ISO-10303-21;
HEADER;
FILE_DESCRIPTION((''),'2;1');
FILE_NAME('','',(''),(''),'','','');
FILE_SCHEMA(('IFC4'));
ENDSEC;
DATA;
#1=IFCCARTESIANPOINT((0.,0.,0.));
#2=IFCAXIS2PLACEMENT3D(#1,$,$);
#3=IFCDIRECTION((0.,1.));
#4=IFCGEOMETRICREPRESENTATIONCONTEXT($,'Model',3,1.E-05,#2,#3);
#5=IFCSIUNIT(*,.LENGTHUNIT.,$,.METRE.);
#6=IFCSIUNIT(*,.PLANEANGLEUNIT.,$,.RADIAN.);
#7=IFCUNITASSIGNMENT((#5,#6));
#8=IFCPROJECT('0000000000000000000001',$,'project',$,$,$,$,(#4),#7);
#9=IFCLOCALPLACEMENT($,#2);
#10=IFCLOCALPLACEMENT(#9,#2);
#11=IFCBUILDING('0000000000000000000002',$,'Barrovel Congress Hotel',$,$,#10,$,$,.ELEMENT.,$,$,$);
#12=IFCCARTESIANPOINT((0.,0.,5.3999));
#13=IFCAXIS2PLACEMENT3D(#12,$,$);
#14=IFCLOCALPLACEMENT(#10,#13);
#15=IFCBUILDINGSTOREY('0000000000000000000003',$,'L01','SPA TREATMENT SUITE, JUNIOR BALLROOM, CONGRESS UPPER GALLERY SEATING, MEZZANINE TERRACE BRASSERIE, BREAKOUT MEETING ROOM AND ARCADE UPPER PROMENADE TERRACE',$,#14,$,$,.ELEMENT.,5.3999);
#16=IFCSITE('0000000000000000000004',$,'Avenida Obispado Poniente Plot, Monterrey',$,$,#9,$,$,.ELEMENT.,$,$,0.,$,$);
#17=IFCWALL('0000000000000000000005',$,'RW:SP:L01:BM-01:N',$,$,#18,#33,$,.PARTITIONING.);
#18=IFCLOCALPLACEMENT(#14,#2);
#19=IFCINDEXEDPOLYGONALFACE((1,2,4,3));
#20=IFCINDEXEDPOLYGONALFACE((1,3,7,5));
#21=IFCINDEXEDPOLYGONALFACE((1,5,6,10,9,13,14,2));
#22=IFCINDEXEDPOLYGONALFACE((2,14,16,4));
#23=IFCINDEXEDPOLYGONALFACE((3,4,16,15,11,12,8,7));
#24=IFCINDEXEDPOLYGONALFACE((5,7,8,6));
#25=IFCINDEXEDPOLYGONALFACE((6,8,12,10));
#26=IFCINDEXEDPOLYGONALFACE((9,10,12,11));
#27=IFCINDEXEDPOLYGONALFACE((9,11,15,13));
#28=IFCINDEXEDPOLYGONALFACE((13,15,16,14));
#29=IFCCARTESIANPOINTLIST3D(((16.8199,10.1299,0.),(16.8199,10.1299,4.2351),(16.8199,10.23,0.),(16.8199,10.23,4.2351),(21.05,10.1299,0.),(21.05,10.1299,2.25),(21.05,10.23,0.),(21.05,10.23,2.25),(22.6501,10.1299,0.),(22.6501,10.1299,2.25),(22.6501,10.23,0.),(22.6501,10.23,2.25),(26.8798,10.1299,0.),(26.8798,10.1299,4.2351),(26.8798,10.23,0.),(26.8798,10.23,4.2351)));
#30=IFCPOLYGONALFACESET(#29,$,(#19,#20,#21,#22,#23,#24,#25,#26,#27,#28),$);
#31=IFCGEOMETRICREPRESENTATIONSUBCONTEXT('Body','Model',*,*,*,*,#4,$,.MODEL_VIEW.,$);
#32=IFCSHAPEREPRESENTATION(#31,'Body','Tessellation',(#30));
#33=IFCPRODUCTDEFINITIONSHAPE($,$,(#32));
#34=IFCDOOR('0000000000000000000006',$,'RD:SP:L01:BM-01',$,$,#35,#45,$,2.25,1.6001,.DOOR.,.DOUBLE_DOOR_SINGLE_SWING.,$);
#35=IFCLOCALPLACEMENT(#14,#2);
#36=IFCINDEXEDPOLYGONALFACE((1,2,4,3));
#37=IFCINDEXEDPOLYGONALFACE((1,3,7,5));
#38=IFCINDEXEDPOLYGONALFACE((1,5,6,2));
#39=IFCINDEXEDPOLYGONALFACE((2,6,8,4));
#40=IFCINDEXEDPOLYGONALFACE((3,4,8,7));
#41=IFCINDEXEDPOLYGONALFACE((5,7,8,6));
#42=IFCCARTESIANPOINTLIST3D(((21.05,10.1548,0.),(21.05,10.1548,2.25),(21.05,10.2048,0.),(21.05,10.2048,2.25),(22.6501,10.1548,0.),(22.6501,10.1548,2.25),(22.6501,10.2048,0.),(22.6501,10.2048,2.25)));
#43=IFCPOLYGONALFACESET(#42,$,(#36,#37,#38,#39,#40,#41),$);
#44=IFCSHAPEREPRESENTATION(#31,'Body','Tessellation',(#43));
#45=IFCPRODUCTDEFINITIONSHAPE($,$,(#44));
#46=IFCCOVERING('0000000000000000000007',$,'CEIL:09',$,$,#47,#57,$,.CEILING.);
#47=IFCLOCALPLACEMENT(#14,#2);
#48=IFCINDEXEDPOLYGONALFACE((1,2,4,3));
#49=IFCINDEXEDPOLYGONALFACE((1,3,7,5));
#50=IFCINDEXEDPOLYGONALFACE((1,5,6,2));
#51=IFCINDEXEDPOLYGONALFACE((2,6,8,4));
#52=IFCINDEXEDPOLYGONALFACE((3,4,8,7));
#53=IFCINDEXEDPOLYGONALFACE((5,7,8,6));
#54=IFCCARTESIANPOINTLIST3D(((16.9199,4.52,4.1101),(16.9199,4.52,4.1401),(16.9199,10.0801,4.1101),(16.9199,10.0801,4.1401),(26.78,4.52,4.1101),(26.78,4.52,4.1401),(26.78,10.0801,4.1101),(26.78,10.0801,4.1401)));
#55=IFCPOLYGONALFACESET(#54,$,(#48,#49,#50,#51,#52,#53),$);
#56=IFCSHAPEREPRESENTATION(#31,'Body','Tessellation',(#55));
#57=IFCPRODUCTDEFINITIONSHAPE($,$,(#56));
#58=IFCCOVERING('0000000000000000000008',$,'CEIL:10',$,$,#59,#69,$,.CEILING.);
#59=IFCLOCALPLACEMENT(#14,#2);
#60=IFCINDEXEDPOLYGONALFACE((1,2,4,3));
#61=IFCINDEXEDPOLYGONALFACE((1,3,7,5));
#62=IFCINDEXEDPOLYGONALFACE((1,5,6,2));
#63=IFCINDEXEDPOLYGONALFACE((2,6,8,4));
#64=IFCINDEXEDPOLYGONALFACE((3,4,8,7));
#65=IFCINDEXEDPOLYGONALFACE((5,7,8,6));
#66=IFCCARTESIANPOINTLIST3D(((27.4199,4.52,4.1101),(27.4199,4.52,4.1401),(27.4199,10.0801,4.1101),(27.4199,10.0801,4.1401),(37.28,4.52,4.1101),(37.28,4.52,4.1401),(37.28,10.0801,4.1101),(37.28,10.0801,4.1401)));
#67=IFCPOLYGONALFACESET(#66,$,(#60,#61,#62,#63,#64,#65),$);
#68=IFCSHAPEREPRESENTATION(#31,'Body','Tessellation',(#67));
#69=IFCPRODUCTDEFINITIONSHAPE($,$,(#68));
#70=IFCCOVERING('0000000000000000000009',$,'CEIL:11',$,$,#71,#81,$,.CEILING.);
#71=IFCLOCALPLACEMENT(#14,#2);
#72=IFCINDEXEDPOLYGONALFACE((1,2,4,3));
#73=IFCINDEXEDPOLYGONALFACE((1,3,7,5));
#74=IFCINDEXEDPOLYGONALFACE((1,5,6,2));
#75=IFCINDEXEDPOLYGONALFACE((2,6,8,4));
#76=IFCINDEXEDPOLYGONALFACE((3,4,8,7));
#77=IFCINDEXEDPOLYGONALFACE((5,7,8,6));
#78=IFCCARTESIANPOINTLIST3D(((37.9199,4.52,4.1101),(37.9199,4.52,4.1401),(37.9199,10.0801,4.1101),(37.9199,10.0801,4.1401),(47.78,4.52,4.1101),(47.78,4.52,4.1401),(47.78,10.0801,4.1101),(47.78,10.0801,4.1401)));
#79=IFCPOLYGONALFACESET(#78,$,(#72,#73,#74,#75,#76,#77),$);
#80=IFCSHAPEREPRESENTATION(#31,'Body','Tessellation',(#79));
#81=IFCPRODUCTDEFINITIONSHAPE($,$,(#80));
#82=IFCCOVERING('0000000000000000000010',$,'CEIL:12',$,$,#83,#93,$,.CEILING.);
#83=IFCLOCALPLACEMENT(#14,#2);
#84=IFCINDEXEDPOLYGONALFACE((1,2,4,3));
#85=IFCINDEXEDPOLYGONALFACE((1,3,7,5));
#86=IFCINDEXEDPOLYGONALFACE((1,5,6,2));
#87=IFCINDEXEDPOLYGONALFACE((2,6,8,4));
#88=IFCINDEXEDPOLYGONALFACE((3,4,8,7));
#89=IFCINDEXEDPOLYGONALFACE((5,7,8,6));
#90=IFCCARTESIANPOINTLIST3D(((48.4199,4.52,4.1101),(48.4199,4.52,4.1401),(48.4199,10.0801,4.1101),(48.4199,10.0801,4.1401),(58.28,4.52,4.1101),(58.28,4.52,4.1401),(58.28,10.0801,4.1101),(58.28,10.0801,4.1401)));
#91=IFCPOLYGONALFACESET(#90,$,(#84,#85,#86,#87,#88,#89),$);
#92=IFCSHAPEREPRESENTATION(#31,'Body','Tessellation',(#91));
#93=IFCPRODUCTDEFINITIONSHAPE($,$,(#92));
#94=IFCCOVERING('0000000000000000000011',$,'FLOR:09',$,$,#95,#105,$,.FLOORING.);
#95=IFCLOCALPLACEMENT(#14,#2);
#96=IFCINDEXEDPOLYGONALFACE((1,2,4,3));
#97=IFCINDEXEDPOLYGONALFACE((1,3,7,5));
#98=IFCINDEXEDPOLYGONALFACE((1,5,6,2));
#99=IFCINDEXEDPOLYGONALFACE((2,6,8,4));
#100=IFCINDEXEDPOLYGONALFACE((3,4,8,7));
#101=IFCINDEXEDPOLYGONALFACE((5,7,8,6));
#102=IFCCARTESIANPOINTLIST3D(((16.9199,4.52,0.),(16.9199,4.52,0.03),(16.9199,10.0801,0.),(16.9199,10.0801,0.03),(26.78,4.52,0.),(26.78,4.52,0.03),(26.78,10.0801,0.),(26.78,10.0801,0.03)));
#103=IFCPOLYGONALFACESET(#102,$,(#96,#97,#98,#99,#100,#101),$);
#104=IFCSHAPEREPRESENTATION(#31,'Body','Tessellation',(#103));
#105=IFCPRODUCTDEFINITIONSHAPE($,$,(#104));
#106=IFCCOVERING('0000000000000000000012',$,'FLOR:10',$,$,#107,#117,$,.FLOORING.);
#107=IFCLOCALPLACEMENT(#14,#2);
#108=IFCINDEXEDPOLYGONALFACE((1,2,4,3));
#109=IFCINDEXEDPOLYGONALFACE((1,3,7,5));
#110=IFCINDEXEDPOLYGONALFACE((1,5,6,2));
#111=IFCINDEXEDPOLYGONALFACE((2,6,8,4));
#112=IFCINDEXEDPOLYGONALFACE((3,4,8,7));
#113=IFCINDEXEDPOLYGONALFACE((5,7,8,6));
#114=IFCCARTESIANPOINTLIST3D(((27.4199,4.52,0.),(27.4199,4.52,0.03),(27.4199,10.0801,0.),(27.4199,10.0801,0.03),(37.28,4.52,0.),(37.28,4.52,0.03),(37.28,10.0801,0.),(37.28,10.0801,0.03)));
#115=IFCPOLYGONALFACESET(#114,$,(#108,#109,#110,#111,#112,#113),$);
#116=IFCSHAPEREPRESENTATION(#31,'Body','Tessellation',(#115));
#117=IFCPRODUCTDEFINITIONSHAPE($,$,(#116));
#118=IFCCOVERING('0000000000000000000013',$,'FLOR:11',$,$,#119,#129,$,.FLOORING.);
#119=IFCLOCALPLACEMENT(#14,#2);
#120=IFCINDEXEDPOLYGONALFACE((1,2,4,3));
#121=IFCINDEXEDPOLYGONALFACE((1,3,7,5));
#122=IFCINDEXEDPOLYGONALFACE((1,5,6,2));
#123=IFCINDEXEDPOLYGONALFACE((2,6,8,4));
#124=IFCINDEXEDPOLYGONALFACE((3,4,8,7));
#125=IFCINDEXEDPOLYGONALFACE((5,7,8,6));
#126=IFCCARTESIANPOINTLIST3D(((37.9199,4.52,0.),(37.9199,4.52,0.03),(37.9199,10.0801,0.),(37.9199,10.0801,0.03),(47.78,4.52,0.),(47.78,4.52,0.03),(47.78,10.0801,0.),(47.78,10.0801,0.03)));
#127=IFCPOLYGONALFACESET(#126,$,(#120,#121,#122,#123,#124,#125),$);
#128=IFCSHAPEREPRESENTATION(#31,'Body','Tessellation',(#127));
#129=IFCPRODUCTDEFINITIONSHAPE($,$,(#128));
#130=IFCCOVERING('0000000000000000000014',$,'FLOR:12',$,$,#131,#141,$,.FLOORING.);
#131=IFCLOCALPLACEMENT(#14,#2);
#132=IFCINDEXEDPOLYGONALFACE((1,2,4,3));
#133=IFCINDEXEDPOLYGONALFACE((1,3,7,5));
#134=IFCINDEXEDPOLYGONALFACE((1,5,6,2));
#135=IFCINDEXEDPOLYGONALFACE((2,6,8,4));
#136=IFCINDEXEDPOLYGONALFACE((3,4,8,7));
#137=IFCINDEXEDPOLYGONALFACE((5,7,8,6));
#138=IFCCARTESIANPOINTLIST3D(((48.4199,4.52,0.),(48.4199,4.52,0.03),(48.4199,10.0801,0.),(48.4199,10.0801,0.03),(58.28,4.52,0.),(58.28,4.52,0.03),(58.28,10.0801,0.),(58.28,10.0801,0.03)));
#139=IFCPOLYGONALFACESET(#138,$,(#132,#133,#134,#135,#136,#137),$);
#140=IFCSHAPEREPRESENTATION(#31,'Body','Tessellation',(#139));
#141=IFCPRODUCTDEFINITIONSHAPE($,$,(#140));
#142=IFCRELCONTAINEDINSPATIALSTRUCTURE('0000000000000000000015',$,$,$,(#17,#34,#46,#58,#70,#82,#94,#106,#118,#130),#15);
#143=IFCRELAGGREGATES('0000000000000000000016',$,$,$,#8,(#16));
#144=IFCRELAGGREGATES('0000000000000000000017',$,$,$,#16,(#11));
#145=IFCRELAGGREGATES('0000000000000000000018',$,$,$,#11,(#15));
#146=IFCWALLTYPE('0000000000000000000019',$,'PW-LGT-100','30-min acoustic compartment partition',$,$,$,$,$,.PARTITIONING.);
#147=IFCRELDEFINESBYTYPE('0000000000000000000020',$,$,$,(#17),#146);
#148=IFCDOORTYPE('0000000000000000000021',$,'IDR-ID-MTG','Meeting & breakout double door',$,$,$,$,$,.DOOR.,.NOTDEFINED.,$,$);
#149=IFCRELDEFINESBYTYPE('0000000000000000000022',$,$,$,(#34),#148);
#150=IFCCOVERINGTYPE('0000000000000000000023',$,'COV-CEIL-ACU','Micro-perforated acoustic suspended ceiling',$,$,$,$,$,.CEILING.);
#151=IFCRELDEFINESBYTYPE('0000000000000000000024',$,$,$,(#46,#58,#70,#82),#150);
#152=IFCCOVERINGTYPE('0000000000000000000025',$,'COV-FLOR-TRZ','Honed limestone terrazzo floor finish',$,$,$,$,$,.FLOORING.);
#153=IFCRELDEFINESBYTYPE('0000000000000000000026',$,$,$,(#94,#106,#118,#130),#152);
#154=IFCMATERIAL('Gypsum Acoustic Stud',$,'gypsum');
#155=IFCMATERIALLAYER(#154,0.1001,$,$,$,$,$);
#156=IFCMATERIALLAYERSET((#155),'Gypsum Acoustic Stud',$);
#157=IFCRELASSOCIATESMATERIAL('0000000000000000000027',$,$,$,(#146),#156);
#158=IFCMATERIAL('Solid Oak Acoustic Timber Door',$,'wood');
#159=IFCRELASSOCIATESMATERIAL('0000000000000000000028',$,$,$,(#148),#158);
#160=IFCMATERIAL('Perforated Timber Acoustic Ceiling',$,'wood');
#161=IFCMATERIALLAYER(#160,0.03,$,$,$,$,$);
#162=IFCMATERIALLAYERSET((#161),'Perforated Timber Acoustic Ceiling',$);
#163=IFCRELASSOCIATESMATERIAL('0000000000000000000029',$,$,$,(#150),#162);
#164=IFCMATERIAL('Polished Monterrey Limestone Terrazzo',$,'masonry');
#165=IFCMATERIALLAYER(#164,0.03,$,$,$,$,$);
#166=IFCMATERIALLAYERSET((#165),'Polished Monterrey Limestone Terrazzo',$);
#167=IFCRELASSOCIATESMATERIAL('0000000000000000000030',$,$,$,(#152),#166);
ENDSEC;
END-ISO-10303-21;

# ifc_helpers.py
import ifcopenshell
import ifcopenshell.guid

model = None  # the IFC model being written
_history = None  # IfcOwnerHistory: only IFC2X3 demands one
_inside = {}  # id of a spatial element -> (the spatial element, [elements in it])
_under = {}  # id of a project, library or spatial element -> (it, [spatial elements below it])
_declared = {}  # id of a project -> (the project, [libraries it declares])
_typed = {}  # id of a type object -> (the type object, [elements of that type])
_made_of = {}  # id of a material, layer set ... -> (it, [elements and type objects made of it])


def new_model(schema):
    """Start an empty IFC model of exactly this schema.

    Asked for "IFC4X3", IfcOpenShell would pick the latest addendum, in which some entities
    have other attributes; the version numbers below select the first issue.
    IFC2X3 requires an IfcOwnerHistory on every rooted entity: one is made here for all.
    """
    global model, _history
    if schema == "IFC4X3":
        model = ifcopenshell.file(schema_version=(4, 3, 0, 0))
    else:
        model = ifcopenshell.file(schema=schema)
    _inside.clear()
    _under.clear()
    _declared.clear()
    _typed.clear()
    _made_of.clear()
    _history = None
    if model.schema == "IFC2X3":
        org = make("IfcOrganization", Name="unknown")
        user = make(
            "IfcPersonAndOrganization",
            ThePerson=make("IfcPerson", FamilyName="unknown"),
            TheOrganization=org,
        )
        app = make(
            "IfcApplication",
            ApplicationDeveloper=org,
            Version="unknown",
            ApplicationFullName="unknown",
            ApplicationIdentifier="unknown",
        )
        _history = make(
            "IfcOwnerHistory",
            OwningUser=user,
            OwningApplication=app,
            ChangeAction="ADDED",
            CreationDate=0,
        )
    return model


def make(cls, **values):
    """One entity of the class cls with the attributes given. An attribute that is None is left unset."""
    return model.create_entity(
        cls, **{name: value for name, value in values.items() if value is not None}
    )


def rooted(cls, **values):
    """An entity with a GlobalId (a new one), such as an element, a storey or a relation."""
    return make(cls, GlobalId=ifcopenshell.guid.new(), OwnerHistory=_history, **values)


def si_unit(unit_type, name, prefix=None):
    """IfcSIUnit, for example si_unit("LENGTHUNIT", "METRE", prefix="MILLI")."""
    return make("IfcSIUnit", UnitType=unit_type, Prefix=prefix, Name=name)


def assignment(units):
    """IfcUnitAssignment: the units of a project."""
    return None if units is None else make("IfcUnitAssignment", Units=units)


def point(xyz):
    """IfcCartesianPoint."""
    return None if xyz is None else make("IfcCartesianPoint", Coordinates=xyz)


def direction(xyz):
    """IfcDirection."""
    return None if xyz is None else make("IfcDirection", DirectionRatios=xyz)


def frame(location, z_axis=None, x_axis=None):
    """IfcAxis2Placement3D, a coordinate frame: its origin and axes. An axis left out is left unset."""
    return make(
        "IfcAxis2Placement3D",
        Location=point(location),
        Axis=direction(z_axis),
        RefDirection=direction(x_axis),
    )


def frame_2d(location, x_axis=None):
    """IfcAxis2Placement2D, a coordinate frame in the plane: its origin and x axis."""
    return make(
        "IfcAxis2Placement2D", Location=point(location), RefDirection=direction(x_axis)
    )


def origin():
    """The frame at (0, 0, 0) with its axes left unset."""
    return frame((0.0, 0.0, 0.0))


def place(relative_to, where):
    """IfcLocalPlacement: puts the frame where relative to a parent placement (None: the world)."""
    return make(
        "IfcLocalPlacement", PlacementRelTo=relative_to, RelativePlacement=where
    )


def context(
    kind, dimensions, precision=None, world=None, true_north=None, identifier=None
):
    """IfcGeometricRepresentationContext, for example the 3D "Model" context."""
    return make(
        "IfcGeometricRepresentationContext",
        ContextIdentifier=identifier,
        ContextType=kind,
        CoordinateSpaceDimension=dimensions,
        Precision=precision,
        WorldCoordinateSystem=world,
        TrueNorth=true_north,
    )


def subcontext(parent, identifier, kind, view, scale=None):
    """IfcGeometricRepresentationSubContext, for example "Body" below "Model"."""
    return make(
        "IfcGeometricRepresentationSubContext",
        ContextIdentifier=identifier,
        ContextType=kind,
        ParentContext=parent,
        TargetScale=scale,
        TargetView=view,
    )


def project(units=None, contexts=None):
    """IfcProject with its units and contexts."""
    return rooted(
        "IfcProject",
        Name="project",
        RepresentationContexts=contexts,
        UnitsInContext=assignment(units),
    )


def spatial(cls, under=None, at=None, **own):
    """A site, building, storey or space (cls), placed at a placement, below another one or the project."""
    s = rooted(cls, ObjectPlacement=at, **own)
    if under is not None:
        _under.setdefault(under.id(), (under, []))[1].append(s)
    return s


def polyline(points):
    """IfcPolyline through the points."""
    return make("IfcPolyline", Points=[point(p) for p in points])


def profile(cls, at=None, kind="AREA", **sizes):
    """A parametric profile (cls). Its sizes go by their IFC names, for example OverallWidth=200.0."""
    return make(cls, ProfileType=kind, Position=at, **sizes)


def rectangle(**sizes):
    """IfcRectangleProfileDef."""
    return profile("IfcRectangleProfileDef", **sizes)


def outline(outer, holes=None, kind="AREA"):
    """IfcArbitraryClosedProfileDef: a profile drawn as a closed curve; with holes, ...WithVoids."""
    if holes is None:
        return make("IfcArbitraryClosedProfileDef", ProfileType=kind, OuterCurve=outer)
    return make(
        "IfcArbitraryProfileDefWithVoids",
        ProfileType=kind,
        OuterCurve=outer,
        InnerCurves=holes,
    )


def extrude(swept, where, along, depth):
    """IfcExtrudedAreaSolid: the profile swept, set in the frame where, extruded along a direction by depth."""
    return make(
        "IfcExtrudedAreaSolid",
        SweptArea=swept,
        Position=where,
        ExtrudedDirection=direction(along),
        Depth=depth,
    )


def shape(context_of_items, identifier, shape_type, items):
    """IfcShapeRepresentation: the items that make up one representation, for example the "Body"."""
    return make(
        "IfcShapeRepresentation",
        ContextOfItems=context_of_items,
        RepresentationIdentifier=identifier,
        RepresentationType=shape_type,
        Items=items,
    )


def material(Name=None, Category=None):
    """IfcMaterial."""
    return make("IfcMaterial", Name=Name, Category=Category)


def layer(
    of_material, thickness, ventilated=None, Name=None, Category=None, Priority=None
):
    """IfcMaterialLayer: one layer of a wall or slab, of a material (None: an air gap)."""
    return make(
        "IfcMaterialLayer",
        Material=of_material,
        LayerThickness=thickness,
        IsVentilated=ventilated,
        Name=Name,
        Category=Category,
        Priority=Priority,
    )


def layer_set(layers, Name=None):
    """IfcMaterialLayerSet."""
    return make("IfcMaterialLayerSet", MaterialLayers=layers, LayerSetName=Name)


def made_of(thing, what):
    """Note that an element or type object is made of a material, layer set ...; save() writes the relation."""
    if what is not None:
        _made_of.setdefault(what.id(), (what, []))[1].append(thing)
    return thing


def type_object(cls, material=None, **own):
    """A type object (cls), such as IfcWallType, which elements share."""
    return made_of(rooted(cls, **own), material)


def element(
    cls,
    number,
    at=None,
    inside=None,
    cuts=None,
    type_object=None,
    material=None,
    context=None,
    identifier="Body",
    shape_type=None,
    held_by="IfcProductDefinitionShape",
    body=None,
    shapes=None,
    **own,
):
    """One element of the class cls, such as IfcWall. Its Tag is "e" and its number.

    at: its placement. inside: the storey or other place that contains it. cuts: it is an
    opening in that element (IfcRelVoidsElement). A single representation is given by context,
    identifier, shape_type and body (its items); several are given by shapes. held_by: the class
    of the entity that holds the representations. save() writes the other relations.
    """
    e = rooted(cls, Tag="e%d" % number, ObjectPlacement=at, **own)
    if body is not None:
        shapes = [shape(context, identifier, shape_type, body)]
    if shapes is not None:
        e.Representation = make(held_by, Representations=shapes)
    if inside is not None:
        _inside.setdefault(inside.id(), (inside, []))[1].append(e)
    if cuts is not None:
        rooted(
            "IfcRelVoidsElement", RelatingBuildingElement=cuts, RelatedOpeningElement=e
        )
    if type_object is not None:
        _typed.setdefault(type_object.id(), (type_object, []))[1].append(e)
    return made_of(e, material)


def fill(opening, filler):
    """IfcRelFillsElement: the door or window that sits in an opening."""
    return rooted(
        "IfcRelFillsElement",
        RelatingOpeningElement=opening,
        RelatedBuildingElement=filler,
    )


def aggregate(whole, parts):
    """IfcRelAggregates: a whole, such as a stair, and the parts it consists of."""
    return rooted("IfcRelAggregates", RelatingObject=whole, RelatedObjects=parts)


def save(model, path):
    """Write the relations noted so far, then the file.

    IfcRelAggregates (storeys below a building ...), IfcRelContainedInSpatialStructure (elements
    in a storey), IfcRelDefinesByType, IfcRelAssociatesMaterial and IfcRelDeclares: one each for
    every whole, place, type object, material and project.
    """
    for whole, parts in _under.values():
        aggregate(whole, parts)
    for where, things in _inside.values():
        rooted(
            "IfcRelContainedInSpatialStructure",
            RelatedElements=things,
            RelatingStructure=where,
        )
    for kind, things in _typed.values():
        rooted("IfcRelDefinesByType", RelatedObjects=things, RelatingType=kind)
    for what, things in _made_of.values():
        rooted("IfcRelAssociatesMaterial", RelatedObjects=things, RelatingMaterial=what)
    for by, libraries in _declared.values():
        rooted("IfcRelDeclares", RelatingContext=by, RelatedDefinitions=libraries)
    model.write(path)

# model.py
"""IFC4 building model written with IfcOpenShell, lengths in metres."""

from ifc_helpers import new_model, si_unit, direction, frame, frame_2d, origin, place, context, subcontext, project, spatial, polyline, rectangle, outline, extrude, material, layer, layer_set, type_object, element, fill, save


model = new_model("IFC4")

# Units and contexts
model_context = context("Model", 3, precision=1e-05, world=origin(), true_north=direction((0.0, 1.0)))
body_context = subcontext(model_context, "Body", "Model", "MODEL_VIEW")
ifc_project = project(units=[si_unit("LENGTHUNIT", "METRE"), si_unit("PLANEANGLEUNIT", "RADIAN")], contexts=[model_context])

# Site, building, storey
site_placement = place(None, origin())
site = spatial("IfcSite", under=ifc_project, at=site_placement, Name="Avenida Obispado Poniente Plot, Monterrey", CompositionType="ELEMENT", RefElevation=0.0)
building_placement = place(site_placement, origin())
building = spatial("IfcBuilding", under=site, at=building_placement, Name="Barrovel Congress Hotel", CompositionType="ELEMENT")
storey_placement = place(building_placement, frame((0.0, 0.0, 5.3999)))
storey = spatial("IfcBuildingStorey", under=building, at=storey_placement, Name="L01", Description="SPA TREATMENT SUITE, JUNIOR BALLROOM, CONGRESS UPPER GALLERY SEATING, MEZZANINE TERRACE BRASSERIE, BREAKOUT MEETING ROOM AND ARCADE UPPER PROMENADE TERRACE", CompositionType="ELEMENT", Elevation=5.3999)

# Wall, opening, door
ifc_material_1 = material(Name="Gypsum Acoustic Stud", Category="gypsum")
ifc_layer_1 = layer(ifc_material_1, 0.1001)
ifc_layer_set_1 = layer_set([ifc_layer_1], Name="Gypsum Acoustic Stud")
wall_type_1 = type_object("IfcWallType", Name="PW-LGT-100", Description="30-min acoustic compartment partition", PredefinedType="PARTITIONING", material=ifc_layer_set_1)
wall_1_placement = place(storey_placement, frame((16.8201, 10.1799, 0.0), z_axis=(0.0, 0.0, 1.0), x_axis=(1.0, 0.0, 0.0)))
wall_1 = element("IfcWall", 1, at=wall_1_placement, inside=storey, type_object=wall_type_1, Name="RW:SP:L01:BM-01:N", PredefinedType="PARTITIONING", context=body_context, shape_type="SweptSolid", body=[
    extrude(rectangle(XDim=10.0598, YDim=0.1001, at=frame_2d((5.0298, 0.0))), origin(), (0.0, 0.0, 1.0), 4.2351),
])
opening_1_placement = place(wall_1_placement, frame((4.23, 0.0, 0.0)))
opening_1 = element("IfcOpeningElement", 2, at=opening_1_placement, cuts=wall_1, PredefinedType="OPENING", context=body_context, shape_type="SweptSolid", body=[
    extrude(rectangle(XDim=1.6001, YDim=2.25, at=frame_2d((0.8, 1.125))), frame((0.0, 0.0601, 0.0), z_axis=(0.0, -1.0, 0.0), x_axis=(1.0, 0.0, 0.0)), (0.0, 0.0, 1.0), 0.1201),
])
ifc_material_2 = material(Name="Solid Oak Acoustic Timber Door", Category="wood")
door_type_1 = type_object("IfcDoorType", Name="IDR-ID-MTG", Description="Meeting & breakout double door", OperationType="NOTDEFINED", PredefinedType="DOOR", material=ifc_material_2)
door_1_placement = place(opening_1_placement, origin())
door_1 = element("IfcDoor", 3, at=door_1_placement, inside=storey, type_object=door_type_1, Name="RD:SP:L01:BM-01", OperationType="DOUBLE_DOOR_SINGLE_SWING", OverallHeight=2.25, OverallWidth=1.6001, PredefinedType="DOOR", context=body_context, shape_type="SweptSolid", body=[
    extrude(rectangle(XDim=1.6001, YDim=2.25, at=frame_2d((0.8, 1.125))), frame((0.0, 0.0249, 0.0), z_axis=(0.0, -1.0, 0.0), x_axis=(1.0, 0.0, 0.0)), (0.0, 0.0, 1.0), 0.05),
])
fill(opening_1, door_1)

# Coverings
ifc_material_3 = material(Name="Perforated Timber Acoustic Ceiling", Category="wood")
ifc_layer_2 = layer(ifc_material_3, 0.03)
ifc_layer_set_2 = layer_set([ifc_layer_2], Name="Perforated Timber Acoustic Ceiling")
covering_type_1 = type_object("IfcCoveringType", Name="COV-CEIL-ACU", Description="Micro-perforated acoustic suspended ceiling", PredefinedType="CEILING", material=ifc_layer_set_2)
covering_1_placement = place(storey_placement, frame((0.0, 0.0, 4.1101)))
element("IfcCovering", 4, at=covering_1_placement, inside=storey, type_object=covering_type_1, Name="CEIL:09", PredefinedType="CEILING", context=body_context, shape_type="SweptSolid", body=[
    extrude(outline(polyline([(16.9199, 4.52), (26.78, 4.52), (26.78, 10.0801), (16.9199, 10.0801), (16.9199, 4.52)])), origin(), (0.0, 0.0, 1.0), 0.03),
])
covering_2_placement = place(storey_placement, frame((0.0, 0.0, 4.1101)))
element("IfcCovering", 5, at=covering_2_placement, inside=storey, type_object=covering_type_1, Name="CEIL:10", PredefinedType="CEILING", context=body_context, shape_type="SweptSolid", body=[
    extrude(outline(polyline([(27.4199, 4.52), (37.28, 4.52), (37.28, 10.0801), (27.4199, 10.0801), (27.4199, 4.52)])), origin(), (0.0, 0.0, 1.0), 0.03),
])
covering_3_placement = place(storey_placement, frame((0.0, 0.0, 4.1101)))
element("IfcCovering", 6, at=covering_3_placement, inside=storey, type_object=covering_type_1, Name="CEIL:11", PredefinedType="CEILING", context=body_context, shape_type="SweptSolid", body=[
    extrude(outline(polyline([(37.9199, 4.52), (47.78, 4.52), (47.78, 10.0801), (37.9199, 10.0801), (37.9199, 4.52)])), origin(), (0.0, 0.0, 1.0), 0.03),
])
covering_4_placement = place(storey_placement, frame((0.0, 0.0, 4.1101)))
element("IfcCovering", 7, at=covering_4_placement, inside=storey, type_object=covering_type_1, Name="CEIL:12", PredefinedType="CEILING", context=body_context, shape_type="SweptSolid", body=[
    extrude(outline(polyline([(48.4199, 4.52), (58.28, 4.52), (58.28, 10.0801), (48.4199, 10.0801), (48.4199, 4.52)])), origin(), (0.0, 0.0, 1.0), 0.03),
])
ifc_material_4 = material(Name="Polished Monterrey Limestone Terrazzo", Category="masonry")
ifc_layer_3 = layer(ifc_material_4, 0.03)
ifc_layer_set_3 = layer_set([ifc_layer_3], Name="Polished Monterrey Limestone Terrazzo")
covering_type_2 = type_object("IfcCoveringType", Name="COV-FLOR-TRZ", Description="Honed limestone terrazzo floor finish", PredefinedType="FLOORING", material=ifc_layer_set_3)
covering_5_placement = place(storey_placement, origin())
element("IfcCovering", 8, at=covering_5_placement, inside=storey, type_object=covering_type_2, Name="FLOR:09", PredefinedType="FLOORING", context=body_context, shape_type="SweptSolid", body=[
    extrude(outline(polyline([(16.9199, 4.52), (26.78, 4.52), (26.78, 10.0801), (16.9199, 10.0801), (16.9199, 4.52)])), origin(), (0.0, 0.0, 1.0), 0.03),
])
covering_6_placement = place(storey_placement, origin())
element("IfcCovering", 9, at=covering_6_placement, inside=storey, type_object=covering_type_2, Name="FLOR:10", PredefinedType="FLOORING", context=body_context, shape_type="SweptSolid", body=[
    extrude(outline(polyline([(27.4199, 4.52), (37.28, 4.52), (37.28, 10.0801), (27.4199, 10.0801), (27.4199, 4.52)])), origin(), (0.0, 0.0, 1.0), 0.03),
])
covering_7_placement = place(storey_placement, origin())
element("IfcCovering", 10, at=covering_7_placement, inside=storey, type_object=covering_type_2, Name="FLOR:11", PredefinedType="FLOORING", context=body_context, shape_type="SweptSolid", body=[
    extrude(outline(polyline([(37.9199, 4.52), (47.78, 4.52), (47.78, 10.0801), (37.9199, 10.0801), (37.9199, 4.52)])), origin(), (0.0, 0.0, 1.0), 0.03),
])
covering_8_placement = place(storey_placement, origin())
element("IfcCovering", 11, at=covering_8_placement, inside=storey, type_object=covering_type_2, Name="FLOR:12", PredefinedType="FLOORING", context=body_context, shape_type="SweptSolid", body=[
    extrude(outline(polyline([(48.4199, 4.52), (58.28, 4.52), (58.28, 10.0801), (48.4199, 10.0801), (48.4199, 4.52)])), origin(), (0.0, 0.0, 1.0), 0.03),
])

save(model, "model.ifc")
